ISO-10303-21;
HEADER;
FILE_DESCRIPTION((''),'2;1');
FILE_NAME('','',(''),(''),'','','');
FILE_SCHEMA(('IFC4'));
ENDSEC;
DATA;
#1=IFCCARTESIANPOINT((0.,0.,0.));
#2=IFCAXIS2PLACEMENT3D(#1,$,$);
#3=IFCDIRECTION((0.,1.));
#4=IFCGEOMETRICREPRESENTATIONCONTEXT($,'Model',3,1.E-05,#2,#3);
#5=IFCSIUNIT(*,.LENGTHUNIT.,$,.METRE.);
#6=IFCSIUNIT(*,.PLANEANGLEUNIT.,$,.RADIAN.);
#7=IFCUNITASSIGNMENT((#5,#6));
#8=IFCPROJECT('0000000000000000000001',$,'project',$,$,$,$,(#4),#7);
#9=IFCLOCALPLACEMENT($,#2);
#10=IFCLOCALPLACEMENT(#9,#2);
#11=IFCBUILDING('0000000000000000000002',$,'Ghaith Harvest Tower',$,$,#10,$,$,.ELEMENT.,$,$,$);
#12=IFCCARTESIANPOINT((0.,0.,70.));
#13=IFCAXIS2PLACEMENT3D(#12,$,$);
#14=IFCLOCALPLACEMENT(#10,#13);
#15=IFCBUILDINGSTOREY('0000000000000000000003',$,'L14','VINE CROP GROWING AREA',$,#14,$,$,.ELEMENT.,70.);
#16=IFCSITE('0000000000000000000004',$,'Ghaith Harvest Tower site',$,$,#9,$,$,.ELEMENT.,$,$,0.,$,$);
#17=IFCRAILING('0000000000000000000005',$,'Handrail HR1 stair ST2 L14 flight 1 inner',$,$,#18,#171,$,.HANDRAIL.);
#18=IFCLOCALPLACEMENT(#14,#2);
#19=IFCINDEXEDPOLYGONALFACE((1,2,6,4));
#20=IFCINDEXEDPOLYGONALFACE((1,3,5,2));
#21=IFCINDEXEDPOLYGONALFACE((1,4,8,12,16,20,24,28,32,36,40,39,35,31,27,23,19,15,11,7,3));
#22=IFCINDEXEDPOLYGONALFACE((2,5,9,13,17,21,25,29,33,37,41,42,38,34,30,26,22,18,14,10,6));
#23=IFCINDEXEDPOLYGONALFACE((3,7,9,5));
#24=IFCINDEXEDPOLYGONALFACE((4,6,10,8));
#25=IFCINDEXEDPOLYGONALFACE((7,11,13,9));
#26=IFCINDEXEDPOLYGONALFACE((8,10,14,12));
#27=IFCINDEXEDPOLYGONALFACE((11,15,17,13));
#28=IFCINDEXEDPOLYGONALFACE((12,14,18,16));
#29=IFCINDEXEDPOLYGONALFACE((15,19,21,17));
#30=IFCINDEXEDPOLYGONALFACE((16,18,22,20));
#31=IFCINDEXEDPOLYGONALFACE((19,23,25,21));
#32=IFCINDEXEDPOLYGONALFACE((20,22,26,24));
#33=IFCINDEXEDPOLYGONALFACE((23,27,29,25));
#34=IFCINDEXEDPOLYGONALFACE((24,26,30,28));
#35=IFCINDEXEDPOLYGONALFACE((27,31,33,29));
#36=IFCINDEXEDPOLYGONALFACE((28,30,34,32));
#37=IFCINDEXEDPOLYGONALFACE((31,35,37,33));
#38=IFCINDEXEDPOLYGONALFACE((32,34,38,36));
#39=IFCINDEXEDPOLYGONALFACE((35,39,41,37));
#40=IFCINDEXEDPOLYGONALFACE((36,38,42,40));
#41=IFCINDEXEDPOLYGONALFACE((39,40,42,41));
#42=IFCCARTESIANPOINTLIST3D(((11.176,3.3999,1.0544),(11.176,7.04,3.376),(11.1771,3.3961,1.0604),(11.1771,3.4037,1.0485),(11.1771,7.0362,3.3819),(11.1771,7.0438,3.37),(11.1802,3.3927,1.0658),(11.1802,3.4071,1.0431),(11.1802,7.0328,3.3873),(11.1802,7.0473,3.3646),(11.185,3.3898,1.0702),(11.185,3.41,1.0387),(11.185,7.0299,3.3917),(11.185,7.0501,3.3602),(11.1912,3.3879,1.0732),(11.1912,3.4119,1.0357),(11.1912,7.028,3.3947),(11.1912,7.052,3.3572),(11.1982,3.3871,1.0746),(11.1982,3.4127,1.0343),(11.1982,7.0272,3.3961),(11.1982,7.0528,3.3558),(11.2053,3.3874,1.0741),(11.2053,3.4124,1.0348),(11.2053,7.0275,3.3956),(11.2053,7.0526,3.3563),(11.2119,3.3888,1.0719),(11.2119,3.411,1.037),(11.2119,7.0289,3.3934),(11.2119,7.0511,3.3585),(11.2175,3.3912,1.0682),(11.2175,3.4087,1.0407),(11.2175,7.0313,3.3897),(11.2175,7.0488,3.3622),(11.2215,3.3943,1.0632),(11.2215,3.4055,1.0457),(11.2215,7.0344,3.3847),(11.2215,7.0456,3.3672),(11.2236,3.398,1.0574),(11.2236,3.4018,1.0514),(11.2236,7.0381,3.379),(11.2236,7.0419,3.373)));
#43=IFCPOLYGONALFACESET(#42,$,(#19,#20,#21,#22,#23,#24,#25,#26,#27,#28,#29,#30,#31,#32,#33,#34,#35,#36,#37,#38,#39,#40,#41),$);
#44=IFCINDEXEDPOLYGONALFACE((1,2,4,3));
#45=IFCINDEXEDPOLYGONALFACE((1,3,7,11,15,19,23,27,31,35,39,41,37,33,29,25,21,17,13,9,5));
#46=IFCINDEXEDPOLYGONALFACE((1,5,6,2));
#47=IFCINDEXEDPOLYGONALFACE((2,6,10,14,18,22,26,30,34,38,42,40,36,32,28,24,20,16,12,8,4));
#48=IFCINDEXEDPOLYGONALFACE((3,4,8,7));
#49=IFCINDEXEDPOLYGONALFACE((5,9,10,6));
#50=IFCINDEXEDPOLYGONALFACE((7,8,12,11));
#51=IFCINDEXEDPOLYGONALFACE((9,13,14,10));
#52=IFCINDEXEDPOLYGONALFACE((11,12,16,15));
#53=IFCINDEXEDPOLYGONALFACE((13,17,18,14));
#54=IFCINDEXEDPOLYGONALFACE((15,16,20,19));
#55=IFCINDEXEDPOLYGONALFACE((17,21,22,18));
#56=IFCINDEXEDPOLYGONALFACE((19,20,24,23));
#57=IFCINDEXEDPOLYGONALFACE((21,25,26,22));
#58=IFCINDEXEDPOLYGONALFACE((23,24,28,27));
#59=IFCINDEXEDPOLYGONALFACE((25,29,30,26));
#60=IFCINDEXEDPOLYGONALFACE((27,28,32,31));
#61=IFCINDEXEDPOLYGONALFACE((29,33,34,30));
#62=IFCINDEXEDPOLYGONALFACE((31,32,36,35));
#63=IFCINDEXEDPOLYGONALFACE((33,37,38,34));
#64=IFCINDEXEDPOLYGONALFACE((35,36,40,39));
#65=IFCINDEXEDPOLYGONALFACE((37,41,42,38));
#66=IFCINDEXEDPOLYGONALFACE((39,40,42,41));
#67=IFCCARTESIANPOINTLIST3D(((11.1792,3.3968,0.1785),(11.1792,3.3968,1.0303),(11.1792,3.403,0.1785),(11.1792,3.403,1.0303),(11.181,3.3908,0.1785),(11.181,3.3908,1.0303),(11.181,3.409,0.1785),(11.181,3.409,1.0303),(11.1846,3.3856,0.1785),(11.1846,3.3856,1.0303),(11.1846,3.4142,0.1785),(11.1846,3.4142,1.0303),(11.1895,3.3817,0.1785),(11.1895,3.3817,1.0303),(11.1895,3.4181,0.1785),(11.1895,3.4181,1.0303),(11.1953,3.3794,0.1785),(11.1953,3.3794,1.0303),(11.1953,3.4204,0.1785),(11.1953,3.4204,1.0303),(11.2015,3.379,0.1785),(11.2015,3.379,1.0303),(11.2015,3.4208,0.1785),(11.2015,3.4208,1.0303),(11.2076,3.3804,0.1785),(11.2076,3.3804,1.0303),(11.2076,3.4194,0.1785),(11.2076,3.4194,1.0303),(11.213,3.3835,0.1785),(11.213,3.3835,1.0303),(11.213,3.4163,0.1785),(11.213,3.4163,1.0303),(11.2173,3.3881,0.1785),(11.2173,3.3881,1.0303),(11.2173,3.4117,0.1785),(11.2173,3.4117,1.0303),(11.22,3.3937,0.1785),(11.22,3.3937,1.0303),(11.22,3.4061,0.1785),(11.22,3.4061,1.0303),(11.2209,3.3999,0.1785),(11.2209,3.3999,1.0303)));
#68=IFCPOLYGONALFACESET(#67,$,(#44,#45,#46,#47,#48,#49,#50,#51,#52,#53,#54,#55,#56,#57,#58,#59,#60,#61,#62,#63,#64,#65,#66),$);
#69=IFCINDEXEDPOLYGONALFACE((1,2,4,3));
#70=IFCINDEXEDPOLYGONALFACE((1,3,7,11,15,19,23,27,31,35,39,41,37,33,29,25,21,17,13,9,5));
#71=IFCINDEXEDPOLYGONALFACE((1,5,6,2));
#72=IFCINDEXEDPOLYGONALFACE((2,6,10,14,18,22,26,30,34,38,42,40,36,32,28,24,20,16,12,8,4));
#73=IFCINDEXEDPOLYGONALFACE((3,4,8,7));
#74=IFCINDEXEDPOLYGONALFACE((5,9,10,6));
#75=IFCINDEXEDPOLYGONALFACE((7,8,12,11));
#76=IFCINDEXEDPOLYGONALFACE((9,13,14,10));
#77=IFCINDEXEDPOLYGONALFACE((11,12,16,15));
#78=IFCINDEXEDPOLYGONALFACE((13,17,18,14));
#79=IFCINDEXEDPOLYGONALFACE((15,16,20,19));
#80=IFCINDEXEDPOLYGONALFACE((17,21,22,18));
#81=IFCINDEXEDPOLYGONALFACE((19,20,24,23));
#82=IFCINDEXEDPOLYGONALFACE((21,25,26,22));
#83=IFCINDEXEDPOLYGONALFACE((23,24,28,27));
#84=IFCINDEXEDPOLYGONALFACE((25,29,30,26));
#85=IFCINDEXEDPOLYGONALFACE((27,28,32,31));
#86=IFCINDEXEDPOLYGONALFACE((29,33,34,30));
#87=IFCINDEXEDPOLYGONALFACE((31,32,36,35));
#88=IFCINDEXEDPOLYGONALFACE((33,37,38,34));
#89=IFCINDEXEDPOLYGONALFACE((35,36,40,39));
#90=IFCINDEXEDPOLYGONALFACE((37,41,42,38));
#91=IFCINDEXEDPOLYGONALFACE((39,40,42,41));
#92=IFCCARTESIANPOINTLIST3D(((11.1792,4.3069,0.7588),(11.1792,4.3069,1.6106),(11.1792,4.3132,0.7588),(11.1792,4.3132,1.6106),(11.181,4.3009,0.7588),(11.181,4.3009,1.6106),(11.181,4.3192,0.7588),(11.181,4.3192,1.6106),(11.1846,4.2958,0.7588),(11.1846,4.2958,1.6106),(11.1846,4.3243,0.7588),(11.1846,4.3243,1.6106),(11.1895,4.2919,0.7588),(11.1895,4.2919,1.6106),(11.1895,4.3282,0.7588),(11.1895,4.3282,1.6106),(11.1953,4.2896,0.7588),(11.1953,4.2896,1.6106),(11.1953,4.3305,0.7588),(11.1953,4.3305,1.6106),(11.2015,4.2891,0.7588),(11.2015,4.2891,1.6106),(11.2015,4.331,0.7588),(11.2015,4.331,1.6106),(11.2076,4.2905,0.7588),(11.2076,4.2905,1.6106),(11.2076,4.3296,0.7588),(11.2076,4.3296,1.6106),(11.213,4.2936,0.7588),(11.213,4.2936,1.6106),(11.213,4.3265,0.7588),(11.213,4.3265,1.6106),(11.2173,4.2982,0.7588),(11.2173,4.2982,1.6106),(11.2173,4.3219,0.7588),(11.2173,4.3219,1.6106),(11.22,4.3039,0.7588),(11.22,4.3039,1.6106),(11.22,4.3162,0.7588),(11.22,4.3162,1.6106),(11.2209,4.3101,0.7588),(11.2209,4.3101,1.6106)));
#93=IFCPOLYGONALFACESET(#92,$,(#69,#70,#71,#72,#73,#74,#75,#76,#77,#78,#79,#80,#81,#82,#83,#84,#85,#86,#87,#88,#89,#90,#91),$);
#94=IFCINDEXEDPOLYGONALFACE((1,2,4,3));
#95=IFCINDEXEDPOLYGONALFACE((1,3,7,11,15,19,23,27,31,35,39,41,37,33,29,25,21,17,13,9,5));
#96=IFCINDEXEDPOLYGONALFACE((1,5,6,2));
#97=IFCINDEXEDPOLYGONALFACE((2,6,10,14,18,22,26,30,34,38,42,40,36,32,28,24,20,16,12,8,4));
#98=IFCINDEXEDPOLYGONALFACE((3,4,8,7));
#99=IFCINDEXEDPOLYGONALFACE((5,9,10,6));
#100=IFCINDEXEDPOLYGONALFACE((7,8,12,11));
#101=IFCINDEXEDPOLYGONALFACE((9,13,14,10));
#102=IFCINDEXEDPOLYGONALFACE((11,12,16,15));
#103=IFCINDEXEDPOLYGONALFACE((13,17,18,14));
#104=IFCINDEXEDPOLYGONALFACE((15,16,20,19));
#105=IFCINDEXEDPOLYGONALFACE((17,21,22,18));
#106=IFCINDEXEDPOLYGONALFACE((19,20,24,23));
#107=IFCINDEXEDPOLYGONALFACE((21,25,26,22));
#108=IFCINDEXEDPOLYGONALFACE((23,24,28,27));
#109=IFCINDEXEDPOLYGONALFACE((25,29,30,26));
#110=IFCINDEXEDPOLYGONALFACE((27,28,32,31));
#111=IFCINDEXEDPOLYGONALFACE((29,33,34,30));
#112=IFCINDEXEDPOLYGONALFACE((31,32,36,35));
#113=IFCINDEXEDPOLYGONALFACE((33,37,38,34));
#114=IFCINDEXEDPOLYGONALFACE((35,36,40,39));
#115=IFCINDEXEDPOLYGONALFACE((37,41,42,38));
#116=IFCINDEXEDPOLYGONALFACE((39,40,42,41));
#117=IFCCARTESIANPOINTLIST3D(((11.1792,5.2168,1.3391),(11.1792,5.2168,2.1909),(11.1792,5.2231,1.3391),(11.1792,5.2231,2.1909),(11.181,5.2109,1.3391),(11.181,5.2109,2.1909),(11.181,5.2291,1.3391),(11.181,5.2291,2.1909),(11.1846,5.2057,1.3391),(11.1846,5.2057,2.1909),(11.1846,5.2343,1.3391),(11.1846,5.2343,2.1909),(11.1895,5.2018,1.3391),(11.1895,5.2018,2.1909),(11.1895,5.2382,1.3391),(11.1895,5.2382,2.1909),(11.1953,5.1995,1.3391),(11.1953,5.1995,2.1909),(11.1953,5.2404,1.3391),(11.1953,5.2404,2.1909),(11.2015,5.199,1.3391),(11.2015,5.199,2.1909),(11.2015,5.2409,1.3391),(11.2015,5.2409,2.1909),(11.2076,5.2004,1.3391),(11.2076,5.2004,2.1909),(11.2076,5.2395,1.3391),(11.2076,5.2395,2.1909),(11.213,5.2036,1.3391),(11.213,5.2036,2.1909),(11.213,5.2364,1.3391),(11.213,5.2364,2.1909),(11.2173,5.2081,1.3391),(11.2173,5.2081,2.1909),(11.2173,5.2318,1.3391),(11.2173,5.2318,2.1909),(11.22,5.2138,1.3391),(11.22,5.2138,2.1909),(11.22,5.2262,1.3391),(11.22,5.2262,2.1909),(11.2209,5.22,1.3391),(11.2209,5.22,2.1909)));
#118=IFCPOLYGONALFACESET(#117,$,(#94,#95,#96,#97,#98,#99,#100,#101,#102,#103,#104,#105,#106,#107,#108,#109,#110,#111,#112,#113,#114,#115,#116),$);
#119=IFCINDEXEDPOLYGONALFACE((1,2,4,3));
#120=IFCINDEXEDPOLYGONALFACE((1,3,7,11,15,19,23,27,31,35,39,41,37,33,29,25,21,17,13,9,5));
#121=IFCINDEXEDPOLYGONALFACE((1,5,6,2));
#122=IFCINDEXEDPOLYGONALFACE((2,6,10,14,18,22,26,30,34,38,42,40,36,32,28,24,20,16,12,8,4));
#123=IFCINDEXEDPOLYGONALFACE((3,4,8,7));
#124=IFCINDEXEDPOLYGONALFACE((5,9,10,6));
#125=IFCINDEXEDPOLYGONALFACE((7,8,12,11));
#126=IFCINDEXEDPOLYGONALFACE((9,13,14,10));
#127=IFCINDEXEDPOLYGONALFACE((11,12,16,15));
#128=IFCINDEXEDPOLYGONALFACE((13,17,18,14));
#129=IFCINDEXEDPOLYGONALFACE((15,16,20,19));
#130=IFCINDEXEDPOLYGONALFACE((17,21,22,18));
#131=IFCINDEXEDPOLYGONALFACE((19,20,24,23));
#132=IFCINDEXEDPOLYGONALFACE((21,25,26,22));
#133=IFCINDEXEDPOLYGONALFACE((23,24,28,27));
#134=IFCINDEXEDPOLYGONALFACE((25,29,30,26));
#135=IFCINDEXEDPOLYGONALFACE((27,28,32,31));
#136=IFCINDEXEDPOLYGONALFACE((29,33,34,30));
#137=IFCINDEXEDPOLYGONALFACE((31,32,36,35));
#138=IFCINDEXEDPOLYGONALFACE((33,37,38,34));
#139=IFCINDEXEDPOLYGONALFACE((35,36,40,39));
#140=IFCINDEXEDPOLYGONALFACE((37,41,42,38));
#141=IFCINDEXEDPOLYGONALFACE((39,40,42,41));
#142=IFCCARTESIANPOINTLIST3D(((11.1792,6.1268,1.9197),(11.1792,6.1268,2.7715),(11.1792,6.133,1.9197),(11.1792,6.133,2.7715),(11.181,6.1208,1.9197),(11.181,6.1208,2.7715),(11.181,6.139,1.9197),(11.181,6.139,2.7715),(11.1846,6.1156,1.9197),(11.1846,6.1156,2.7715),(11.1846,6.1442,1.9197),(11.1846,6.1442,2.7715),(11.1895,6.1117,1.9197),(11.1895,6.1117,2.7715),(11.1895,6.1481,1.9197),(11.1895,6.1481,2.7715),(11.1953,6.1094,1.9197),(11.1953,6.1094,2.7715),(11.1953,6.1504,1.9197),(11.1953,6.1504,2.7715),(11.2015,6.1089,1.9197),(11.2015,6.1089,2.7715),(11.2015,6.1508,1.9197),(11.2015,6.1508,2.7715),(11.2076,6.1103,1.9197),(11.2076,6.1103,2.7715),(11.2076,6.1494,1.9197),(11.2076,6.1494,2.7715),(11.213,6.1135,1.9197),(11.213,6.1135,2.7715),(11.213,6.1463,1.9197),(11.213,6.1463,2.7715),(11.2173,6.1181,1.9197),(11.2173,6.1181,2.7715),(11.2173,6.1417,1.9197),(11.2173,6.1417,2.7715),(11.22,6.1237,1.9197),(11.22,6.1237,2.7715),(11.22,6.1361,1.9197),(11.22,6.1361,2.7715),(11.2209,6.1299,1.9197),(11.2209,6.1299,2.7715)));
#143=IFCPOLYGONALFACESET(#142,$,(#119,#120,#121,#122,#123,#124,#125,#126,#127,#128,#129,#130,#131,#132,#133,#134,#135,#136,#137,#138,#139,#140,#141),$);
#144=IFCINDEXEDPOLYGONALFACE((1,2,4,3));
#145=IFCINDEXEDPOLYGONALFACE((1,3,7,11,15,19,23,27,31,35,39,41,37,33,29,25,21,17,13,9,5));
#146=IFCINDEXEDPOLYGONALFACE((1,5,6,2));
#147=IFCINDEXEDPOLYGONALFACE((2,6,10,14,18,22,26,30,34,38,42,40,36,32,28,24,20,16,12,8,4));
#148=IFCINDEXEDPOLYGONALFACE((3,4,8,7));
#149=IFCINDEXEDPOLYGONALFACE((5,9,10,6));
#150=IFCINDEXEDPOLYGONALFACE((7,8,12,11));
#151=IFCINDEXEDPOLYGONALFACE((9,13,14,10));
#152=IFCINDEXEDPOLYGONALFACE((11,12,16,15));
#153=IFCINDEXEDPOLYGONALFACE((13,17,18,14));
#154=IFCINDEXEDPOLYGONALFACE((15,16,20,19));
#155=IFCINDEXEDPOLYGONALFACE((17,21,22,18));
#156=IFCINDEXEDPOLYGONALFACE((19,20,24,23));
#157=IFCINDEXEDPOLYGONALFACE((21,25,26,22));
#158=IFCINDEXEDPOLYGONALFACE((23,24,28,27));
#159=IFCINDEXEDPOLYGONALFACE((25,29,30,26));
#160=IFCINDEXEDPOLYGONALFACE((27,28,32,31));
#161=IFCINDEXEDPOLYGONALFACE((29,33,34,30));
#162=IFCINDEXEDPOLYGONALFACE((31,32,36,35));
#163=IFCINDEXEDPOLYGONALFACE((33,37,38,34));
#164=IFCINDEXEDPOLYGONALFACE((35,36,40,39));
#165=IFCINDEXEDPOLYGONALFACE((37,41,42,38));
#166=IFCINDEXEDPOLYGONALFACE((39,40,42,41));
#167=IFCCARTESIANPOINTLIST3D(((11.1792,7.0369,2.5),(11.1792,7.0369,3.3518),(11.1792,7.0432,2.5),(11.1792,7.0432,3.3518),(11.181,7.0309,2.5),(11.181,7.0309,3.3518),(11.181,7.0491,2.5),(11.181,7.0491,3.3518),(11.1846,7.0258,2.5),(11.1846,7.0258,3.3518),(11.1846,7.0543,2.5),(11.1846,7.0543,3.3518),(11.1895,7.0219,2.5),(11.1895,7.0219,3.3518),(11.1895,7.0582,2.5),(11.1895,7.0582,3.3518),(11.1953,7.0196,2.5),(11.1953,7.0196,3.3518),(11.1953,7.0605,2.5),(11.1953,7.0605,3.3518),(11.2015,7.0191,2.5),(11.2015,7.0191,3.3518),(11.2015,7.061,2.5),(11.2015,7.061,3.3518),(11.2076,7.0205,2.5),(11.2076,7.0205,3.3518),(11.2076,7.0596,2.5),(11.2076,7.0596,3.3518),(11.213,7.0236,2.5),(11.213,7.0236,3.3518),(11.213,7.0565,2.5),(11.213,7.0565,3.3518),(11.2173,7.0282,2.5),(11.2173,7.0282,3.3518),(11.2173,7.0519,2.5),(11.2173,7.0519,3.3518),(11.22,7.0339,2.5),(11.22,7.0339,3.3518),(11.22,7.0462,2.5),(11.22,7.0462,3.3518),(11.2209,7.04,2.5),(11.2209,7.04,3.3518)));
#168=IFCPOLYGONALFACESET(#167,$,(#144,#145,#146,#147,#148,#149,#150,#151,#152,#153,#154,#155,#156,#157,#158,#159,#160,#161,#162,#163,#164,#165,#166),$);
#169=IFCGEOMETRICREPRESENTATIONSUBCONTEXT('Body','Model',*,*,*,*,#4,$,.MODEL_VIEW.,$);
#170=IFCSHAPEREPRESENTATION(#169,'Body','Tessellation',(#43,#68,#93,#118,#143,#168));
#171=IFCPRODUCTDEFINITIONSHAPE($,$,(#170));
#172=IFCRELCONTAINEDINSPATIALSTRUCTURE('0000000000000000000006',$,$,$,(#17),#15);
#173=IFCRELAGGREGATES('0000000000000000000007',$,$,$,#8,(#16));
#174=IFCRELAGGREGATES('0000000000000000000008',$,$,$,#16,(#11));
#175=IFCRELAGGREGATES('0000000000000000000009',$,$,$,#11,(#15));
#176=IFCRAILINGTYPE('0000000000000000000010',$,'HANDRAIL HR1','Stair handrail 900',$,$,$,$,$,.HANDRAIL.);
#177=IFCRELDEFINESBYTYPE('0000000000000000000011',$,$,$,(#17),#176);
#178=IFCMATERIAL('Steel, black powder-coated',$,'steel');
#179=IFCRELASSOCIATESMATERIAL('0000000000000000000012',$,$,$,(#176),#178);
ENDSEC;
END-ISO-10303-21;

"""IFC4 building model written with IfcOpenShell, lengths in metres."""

from ifc_helpers import new_model, si_unit, direction, frame, origin, origin_2d, place, context, subcontext, project, spatial, circle, extrude, material, type_object, element, save


model = new_model("IFC4")

# Units and contexts
model_context = context("Model", 3, precision=1e-05, world=origin(), true_north=direction((0.0, 1.0)))
body_context = subcontext(model_context, "Body", "Model", "MODEL_VIEW")
ifc_project = project(units=[si_unit("LENGTHUNIT", "METRE"), si_unit("PLANEANGLEUNIT", "RADIAN")], contexts=[model_context])

# Site, building, storey
site_placement = place(None, origin())
site = spatial("IfcSite", under=ifc_project, at=site_placement, Name="Ghaith Harvest Tower site", CompositionType="ELEMENT", RefElevation=0.0)
building_placement = place(site_placement, origin())
building = spatial("IfcBuilding", under=site, at=building_placement, Name="Ghaith Harvest Tower", CompositionType="ELEMENT")
storey_placement = place(building_placement, frame((0.0, 0.0, 70.0)))
storey = spatial("IfcBuildingStorey", under=building, at=storey_placement, Name="L14", Description="VINE CROP GROWING AREA", CompositionType="ELEMENT", Elevation=70.0)

# Railing
ifc_material_1 = material(Name="Steel, black powder-coated", Category="steel")
railing_type = type_object("IfcRailingType", Name="HANDRAIL HR1", Description="Stair handrail 900", PredefinedType="HANDRAIL", material=ifc_material_1)
railing_1_placement = place(storey_placement, frame((11.2, 3.3999, 0.1785)))
element("IfcRailing", 1, at=railing_1_placement, inside=storey, type_object=railing_type, Name="Handrail HR1 stair ST2 L14 flight 1 inner", PredefinedType="HANDRAIL", context=body_context, shape_type="SweptSolid", body=[
    extrude(circle(Radius=0.0239, at=origin_2d()), frame((0.0, 0.0, 0.876), z_axis=(0.0, 0.843128, 0.537713), x_axis=(-1.0, 0.0, 0.0)), (0.0, 0.0, 1.0), 4.3174),
    extrude(circle(Radius=0.021, at=origin_2d()), origin(), (0.0, 0.0, 1.0), 0.8518),
    extrude(circle(Radius=0.021, at=origin_2d()), frame((0.0, 0.9102, 0.5803)), (0.0, 0.0, 1.0), 0.8518),
    extrude(circle(Radius=0.021, at=origin_2d()), frame((0.0, 1.8201, 1.1606)), (0.0, 0.0, 1.0), 0.8518),
    extrude(circle(Radius=0.021, at=origin_2d()), frame((0.0, 2.73, 1.7412)), (0.0, 0.0, 1.0), 0.8518),
    extrude(circle(Radius=0.021, at=origin_2d()), frame((0.0, 3.6401, 2.3215)), (0.0, 0.0, 1.0), 0.8518),
])

save(model, "model.ifc")
